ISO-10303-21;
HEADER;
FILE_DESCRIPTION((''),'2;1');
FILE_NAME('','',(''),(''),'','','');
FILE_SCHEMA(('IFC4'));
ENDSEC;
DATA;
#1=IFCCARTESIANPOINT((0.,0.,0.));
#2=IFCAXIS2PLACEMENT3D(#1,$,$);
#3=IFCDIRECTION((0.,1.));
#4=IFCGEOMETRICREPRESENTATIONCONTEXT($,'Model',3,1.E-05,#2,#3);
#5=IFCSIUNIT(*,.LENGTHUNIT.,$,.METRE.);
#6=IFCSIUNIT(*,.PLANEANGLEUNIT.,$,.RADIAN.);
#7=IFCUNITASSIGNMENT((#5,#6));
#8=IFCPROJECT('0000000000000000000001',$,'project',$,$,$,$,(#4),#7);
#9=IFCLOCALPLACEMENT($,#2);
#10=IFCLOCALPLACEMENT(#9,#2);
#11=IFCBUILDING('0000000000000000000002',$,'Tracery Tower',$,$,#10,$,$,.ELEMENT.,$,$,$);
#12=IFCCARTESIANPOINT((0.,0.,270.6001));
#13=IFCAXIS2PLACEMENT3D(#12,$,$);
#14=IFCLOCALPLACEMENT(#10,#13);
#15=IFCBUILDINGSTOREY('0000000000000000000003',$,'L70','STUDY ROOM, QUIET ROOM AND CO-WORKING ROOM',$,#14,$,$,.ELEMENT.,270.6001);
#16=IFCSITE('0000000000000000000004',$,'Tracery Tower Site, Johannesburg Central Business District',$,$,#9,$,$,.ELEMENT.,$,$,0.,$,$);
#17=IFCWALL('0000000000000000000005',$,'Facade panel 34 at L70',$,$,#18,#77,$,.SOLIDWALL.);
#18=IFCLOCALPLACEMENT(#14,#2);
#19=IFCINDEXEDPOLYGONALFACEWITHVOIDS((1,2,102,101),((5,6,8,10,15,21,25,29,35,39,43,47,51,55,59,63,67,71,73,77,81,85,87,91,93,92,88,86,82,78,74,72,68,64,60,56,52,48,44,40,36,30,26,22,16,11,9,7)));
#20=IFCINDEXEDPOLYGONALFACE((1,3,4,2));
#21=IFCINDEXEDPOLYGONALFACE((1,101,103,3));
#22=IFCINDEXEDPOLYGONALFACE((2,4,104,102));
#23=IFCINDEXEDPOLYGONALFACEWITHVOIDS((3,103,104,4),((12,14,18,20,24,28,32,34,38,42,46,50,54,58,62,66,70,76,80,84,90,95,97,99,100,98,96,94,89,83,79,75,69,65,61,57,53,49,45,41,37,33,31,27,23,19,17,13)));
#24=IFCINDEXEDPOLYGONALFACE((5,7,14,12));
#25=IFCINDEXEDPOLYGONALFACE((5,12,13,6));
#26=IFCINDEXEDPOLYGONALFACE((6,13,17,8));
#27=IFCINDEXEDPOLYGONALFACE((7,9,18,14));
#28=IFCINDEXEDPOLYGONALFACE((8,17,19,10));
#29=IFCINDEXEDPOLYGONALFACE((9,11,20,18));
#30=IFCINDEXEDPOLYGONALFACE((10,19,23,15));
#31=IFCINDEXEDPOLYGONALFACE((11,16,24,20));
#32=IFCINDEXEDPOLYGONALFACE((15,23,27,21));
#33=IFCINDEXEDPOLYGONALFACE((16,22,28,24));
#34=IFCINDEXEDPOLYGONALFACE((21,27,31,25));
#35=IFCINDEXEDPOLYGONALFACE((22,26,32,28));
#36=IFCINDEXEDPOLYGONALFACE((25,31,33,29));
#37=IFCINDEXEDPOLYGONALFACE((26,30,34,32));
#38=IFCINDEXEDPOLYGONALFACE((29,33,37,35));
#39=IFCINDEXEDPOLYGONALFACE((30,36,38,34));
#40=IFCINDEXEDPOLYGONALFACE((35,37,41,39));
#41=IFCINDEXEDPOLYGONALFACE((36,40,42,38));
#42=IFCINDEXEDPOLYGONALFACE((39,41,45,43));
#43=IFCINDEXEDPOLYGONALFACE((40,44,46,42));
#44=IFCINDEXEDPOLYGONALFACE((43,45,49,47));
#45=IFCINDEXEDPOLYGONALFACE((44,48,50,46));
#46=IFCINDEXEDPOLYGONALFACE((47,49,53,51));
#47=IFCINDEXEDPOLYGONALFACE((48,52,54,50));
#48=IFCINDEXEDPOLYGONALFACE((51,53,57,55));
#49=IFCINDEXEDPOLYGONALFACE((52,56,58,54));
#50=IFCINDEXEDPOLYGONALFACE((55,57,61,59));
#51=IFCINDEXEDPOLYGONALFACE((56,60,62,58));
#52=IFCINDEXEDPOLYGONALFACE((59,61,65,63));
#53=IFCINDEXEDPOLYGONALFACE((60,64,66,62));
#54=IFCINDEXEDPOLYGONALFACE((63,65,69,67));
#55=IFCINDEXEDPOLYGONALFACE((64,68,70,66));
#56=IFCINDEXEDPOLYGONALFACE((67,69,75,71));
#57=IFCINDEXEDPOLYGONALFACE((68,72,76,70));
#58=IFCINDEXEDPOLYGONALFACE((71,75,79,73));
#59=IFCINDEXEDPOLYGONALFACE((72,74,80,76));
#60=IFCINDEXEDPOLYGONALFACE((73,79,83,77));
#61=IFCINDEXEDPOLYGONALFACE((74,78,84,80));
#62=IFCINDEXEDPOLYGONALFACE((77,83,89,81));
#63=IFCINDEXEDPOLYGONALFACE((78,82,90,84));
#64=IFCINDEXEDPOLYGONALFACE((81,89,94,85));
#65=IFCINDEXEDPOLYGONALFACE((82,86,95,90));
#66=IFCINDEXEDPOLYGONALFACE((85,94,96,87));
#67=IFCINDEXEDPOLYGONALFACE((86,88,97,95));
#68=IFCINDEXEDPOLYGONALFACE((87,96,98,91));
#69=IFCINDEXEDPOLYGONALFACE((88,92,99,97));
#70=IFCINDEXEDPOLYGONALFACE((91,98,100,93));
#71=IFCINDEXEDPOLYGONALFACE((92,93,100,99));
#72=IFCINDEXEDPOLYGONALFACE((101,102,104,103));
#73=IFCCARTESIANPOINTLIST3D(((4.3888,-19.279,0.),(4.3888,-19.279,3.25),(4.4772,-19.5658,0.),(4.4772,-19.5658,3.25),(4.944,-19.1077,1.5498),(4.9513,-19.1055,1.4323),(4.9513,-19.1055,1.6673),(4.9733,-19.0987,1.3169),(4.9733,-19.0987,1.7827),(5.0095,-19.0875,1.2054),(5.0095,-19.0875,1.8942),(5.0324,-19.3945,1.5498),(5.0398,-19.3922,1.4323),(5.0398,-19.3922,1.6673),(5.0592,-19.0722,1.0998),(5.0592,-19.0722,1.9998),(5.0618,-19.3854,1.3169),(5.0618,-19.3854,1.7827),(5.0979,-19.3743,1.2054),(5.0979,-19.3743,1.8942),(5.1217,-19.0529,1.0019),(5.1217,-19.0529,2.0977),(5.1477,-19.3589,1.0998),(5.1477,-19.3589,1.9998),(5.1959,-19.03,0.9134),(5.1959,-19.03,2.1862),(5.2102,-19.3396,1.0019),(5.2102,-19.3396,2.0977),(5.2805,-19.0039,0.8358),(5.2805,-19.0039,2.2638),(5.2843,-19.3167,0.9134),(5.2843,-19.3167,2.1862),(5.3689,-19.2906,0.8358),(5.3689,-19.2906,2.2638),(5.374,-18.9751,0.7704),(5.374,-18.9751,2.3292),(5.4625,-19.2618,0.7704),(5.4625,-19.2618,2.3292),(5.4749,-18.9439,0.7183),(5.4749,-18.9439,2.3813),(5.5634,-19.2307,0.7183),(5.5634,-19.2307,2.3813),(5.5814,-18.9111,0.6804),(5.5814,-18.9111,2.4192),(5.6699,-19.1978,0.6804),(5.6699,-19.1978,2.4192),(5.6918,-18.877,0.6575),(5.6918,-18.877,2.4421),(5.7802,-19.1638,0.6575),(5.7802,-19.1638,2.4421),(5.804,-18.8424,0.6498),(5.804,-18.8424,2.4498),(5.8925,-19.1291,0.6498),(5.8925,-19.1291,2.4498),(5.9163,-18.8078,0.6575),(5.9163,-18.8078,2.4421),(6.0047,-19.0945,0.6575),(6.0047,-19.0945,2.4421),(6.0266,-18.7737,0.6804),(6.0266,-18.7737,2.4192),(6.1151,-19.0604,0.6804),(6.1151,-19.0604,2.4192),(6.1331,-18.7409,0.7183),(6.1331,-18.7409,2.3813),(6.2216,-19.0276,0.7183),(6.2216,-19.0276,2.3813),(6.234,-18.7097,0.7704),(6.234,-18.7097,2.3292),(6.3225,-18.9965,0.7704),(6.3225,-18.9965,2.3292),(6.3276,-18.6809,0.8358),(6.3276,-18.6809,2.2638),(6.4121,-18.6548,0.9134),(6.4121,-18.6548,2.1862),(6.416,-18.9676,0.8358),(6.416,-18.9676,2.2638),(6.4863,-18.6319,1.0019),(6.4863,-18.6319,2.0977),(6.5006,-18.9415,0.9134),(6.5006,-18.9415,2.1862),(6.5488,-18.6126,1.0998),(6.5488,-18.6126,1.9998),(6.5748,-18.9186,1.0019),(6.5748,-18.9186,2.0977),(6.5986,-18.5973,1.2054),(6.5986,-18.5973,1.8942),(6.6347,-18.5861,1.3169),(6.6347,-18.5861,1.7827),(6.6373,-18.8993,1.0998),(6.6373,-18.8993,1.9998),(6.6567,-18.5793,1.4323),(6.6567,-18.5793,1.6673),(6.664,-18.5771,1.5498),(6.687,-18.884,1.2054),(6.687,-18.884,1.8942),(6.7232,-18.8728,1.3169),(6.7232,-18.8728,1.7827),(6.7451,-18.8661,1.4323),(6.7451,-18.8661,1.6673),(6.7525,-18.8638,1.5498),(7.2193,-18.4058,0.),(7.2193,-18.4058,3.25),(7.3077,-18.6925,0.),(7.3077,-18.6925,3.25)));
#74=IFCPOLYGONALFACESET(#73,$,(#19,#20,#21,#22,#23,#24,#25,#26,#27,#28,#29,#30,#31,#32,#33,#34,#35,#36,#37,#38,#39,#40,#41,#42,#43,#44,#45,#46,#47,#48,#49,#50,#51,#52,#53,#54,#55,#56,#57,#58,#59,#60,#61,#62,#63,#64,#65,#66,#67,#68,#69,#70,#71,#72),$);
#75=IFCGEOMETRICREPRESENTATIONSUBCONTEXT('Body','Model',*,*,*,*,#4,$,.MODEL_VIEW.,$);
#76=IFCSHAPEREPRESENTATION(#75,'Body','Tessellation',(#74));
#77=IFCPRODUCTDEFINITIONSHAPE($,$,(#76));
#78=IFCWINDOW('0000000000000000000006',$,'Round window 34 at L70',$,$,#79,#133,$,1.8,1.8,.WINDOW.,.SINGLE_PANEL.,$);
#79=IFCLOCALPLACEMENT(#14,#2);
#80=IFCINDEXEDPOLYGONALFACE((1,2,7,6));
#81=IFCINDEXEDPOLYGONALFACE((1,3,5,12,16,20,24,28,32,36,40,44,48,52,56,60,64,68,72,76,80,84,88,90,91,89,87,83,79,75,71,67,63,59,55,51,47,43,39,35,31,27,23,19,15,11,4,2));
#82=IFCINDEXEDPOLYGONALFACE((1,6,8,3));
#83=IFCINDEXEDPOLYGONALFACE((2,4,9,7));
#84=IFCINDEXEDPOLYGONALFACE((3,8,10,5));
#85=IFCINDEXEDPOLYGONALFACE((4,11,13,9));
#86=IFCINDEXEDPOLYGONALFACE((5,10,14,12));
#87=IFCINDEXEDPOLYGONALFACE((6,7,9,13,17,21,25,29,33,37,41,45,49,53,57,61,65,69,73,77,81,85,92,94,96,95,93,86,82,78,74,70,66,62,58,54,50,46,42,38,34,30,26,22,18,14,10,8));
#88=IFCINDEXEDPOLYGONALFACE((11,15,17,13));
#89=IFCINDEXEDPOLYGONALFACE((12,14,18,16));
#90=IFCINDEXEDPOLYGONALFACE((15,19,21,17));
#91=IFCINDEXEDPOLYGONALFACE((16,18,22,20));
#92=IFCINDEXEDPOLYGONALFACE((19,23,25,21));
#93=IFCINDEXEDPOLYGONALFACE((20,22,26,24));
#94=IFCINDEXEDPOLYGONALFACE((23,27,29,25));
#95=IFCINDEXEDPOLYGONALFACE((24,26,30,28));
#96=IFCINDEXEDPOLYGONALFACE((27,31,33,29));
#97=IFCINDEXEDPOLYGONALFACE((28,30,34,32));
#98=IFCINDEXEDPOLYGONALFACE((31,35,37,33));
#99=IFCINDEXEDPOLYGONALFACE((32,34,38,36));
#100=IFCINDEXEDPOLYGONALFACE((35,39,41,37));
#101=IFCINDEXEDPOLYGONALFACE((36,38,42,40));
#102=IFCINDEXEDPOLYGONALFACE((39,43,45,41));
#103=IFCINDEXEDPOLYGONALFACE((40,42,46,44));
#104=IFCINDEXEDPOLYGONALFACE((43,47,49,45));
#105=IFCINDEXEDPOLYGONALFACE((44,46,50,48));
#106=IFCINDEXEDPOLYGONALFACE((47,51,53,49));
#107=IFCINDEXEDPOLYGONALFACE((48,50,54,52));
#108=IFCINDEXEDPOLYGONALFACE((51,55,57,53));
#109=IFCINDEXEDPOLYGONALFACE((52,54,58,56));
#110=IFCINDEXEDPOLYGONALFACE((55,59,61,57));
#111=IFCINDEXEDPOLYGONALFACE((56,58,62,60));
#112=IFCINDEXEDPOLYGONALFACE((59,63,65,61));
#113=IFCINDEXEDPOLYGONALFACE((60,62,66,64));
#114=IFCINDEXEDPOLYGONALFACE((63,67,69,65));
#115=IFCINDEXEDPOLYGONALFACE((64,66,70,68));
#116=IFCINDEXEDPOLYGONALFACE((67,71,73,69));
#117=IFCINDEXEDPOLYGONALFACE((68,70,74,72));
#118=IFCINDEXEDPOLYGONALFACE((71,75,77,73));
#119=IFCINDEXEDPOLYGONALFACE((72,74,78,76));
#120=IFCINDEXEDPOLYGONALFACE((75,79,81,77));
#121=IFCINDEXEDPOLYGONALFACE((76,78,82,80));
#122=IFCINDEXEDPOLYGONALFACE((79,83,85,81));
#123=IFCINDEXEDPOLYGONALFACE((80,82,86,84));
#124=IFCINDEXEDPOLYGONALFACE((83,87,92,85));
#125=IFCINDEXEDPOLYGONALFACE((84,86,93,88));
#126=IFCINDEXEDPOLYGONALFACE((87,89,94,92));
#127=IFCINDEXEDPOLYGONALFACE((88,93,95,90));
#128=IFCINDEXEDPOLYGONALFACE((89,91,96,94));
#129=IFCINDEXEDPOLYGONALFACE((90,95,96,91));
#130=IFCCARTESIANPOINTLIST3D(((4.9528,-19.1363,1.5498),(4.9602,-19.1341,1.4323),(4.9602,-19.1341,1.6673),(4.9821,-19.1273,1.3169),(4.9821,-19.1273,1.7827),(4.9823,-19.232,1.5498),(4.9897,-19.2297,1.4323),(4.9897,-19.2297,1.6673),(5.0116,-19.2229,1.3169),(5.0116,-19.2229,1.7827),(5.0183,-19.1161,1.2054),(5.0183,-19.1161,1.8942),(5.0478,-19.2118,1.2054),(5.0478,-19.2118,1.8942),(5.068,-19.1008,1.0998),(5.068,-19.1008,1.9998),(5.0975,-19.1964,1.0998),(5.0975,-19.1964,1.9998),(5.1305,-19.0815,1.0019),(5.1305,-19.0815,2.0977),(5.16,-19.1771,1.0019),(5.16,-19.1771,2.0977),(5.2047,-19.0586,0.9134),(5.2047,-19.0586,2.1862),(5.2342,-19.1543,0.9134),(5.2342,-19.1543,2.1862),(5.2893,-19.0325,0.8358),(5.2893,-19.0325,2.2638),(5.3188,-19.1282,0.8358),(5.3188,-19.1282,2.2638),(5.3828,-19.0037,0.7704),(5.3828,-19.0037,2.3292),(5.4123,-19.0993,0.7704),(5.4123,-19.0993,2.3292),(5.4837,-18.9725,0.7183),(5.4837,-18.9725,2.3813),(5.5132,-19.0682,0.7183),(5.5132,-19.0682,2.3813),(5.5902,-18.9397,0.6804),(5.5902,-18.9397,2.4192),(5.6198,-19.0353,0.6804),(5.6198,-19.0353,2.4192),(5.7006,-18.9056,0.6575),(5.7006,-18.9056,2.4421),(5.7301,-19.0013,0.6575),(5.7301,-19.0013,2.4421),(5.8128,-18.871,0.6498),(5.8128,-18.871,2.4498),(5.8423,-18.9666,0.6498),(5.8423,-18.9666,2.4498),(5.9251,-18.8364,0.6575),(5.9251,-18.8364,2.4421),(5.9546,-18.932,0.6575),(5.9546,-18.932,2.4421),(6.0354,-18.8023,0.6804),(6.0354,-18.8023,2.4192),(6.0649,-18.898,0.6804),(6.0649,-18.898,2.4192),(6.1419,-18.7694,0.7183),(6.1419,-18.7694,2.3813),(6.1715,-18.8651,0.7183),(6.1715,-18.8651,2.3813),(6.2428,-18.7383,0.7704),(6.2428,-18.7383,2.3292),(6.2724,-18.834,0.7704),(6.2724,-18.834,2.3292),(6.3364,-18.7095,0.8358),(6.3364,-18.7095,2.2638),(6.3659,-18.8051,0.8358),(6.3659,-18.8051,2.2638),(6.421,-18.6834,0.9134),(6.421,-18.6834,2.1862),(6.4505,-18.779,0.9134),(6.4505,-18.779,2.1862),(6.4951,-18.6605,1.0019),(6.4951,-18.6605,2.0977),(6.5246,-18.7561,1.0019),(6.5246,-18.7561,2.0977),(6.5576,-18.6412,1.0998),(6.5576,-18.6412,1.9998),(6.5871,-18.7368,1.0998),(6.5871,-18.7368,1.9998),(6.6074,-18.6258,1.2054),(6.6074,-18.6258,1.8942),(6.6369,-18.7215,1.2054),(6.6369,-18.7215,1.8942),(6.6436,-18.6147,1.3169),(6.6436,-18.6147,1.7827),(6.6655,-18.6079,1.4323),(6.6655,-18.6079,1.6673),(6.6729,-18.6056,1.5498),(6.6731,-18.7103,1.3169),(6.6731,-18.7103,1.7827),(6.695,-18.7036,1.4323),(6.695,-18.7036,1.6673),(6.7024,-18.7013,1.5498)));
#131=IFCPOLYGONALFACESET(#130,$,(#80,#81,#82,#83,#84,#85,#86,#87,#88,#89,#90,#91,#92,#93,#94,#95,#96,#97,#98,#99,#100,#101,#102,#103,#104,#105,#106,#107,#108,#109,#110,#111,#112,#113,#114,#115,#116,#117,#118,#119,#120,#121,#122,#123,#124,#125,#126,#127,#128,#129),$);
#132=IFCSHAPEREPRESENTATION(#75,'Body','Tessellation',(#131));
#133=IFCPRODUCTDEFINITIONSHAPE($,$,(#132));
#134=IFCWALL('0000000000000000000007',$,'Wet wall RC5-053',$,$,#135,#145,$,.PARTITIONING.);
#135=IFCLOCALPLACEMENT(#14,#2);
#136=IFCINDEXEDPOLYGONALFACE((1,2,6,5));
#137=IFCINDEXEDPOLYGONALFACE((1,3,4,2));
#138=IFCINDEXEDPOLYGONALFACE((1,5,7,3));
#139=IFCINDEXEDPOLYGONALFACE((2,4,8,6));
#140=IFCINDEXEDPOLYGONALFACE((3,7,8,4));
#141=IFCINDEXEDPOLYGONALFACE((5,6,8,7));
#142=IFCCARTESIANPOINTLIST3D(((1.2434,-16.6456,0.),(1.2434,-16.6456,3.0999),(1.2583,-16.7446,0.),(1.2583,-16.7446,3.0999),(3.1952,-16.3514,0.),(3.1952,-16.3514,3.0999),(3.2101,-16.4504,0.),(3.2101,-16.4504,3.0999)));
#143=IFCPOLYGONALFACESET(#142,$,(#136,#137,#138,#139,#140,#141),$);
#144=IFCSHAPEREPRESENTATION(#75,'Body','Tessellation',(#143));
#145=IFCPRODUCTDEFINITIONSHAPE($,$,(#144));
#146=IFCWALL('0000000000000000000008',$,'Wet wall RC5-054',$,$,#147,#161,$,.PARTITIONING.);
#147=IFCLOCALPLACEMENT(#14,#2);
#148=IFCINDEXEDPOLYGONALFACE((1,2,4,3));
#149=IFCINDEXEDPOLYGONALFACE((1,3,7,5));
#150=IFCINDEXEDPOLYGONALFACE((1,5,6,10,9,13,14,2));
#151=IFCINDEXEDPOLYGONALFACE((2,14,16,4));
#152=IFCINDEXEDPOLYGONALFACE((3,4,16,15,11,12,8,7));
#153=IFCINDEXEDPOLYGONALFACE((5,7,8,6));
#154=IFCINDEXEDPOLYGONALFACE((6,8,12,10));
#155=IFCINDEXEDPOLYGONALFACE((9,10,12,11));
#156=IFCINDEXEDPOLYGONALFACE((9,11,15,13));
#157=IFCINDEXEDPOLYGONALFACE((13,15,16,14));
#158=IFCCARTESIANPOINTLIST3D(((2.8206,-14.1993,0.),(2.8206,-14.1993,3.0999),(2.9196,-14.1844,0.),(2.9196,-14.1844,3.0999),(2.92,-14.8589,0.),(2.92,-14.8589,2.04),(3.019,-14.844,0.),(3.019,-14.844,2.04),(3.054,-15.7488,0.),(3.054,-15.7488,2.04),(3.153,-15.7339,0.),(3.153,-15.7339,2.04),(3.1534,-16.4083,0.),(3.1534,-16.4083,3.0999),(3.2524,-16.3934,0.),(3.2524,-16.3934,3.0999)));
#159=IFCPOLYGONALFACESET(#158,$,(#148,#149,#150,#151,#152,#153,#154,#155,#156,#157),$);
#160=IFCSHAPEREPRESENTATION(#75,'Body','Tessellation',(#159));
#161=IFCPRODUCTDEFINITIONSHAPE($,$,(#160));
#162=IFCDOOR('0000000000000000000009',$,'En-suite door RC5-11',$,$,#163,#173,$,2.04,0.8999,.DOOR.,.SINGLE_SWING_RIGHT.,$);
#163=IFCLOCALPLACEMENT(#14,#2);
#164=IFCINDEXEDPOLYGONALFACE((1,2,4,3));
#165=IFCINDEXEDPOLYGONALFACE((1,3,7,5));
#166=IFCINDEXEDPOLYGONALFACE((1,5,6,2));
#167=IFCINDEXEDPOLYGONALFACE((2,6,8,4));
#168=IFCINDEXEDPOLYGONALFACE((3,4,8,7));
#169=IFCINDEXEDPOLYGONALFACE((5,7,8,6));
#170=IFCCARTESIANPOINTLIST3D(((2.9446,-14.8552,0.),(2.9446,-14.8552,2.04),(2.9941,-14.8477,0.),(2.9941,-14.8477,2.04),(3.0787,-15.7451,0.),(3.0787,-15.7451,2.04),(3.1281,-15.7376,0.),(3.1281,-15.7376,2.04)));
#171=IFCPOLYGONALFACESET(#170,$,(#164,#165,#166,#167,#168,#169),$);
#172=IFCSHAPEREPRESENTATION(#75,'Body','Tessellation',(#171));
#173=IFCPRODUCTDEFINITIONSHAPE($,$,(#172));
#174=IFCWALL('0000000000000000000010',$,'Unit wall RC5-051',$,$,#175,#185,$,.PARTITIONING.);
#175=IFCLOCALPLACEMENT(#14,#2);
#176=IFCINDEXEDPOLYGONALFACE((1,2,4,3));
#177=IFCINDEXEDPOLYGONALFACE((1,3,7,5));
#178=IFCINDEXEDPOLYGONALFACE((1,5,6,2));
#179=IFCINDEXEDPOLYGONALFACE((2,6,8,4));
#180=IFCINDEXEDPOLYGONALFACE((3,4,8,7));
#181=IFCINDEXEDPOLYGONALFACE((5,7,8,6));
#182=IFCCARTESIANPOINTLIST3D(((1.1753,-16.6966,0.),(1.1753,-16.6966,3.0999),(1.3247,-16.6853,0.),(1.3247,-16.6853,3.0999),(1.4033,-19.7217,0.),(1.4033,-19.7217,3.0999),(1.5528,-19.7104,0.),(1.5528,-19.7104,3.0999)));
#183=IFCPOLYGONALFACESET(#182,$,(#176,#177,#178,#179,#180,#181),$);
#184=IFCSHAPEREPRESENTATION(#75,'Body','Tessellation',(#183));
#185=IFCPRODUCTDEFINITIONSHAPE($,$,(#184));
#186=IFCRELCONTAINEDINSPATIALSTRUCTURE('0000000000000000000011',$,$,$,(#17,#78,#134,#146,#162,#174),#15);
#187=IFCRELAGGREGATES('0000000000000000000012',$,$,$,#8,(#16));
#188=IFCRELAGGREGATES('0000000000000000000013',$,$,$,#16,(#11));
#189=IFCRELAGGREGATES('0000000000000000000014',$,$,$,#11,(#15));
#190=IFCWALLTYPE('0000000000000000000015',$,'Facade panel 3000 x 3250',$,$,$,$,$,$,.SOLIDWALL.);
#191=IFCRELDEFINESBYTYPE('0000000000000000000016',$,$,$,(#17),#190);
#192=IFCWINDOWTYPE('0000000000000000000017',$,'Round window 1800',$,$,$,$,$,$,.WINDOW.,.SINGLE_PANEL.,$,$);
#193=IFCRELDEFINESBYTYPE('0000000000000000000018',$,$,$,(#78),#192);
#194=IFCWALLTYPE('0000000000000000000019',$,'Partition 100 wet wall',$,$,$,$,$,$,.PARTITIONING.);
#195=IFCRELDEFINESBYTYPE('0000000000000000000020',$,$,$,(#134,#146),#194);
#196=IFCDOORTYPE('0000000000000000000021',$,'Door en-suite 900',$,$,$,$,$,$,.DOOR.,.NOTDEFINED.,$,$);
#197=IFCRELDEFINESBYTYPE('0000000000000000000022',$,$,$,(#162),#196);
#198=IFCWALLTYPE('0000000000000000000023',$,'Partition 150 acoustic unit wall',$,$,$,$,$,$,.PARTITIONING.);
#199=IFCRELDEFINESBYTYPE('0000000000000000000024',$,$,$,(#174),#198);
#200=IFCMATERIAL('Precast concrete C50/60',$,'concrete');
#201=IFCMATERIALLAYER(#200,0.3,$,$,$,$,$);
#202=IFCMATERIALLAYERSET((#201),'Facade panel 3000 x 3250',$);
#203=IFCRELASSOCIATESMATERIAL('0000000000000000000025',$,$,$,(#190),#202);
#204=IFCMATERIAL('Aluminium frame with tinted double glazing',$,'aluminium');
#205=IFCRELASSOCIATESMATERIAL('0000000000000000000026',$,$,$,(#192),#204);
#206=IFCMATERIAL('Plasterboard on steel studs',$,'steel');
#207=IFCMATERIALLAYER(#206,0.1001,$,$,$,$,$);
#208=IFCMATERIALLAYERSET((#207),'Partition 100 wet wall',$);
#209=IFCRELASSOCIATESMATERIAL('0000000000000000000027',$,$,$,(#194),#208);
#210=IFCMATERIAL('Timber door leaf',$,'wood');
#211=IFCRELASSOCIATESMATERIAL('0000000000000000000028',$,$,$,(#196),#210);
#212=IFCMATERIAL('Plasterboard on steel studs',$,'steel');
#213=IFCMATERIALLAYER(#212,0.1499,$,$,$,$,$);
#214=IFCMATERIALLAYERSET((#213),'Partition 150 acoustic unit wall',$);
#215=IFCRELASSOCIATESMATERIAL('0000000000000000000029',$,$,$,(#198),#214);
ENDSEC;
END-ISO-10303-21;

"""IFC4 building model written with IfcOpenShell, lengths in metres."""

from ifc_helpers import new_model, si_unit, direction, frame, frame_2d, origin, origin_2d, place, context, subcontext, project, spatial, rectangle, circle, extrude, material, layer, layer_set, type_object, element, fill, save


model = new_model("IFC4")

# Units and contexts
model_context = context("Model", 3, precision=1e-05, world=origin(), true_north=direction((0.0, 1.0)))
body_context = subcontext(model_context, "Body", "Model", "MODEL_VIEW")
ifc_project = project(units=[si_unit("LENGTHUNIT", "METRE"), si_unit("PLANEANGLEUNIT", "RADIAN")], contexts=[model_context])

# Site, building, storey
site_placement = place(None, origin())
site = spatial("IfcSite", under=ifc_project, at=site_placement, Name="Tracery Tower Site, Johannesburg Central Business District", CompositionType="ELEMENT", RefElevation=0.0)
building_placement = place(site_placement, origin())
building = spatial("IfcBuilding", under=site, at=building_placement, Name="Tracery Tower", CompositionType="ELEMENT")
storey_placement = place(building_placement, frame((0.0, 0.0, 270.6001)))
storey = spatial("IfcBuildingStorey", under=building, at=storey_placement, Name="L70", Description="STUDY ROOM, QUIET ROOM AND CO-WORKING ROOM", CompositionType="ELEMENT", Elevation=270.6001)

# Wall, opening, window
ifc_material_1 = material(Name="Precast concrete C50/60", Category="concrete")
ifc_layer_1 = layer(ifc_material_1, 0.3)
ifc_layer_set_1 = layer_set([ifc_layer_1], Name="Facade panel 3000 x 3250")
wall_type_1 = type_object("IfcWallType", Name="Facade panel 3000 x 3250", PredefinedType="SOLIDWALL", material=ifc_layer_set_1)
ifc_material_2 = material(Name="Aluminium frame with tinted double glazing", Category="aluminium")
window_type = type_object("IfcWindowType", Name="Round window 1800", PartitioningType="SINGLE_PANEL", PredefinedType="WINDOW", material=ifc_material_2)
wall_1_placement = place(storey_placement, frame((4.4331, -19.4224, 0.0), z_axis=(0.0, 0.0, 1.0), x_axis=(0.955556, 0.29481, 0.0)))
wall_1 = element("IfcWall", 1, at=wall_1_placement, inside=storey, type_object=wall_type_1, Name="Facade panel 34 at L70", PredefinedType="SOLIDWALL", context=body_context, shape_type="SweptSolid", body=[
    extrude(rectangle(XDim=2.9622, YDim=0.3, at=frame_2d((1.481, 0.0))), origin(), (0.0, 0.0, 1.0), 3.25),
])
opening_1_placement = place(wall_1_placement, frame((1.481, 0.0, 1.5498)))
opening_1 = element("IfcOpeningElement", 2, at=opening_1_placement, cuts=wall_1, PredefinedType="OPENING", context=body_context, shape_type="SweptSolid", body=[
    extrude(circle(Radius=0.9, at=origin_2d()), frame((0.0, 0.1599, 0.0), z_axis=(0.0, -1.0, 0.0), x_axis=(1.0, 0.0, 0.0)), (0.0, 0.0, 1.0), 0.3201),
])
window_1_placement = place(opening_1_placement, origin())
window_1 = element("IfcWindow", 3, at=window_1_placement, inside=storey, type_object=window_type, Name="Round window 34 at L70", OverallHeight=1.8, OverallWidth=1.8, PartitioningType="SINGLE_PANEL", PredefinedType="WINDOW", context=body_context, shape_type="SweptSolid", body=[
    extrude(circle(Radius=0.9, at=origin_2d()), frame((0.0, 0.1201, 0.0), z_axis=(0.0, -1.0, 0.0), x_axis=(1.0, 0.0, 0.0)), (0.0, 0.0, 1.0), 0.1001),
])
fill(opening_1, window_1)

# Wall
ifc_material_3 = material(Name="Plasterboard on steel studs", Category="steel")
ifc_layer_2 = layer(ifc_material_3, 0.1001)
ifc_layer_set_2 = layer_set([ifc_layer_2], Name="Partition 100 wet wall")
wall_type_2 = type_object("IfcWallType", Name="Partition 100 wet wall", PredefinedType="PARTITIONING", material=ifc_layer_set_2)
wall_2_placement = place(storey_placement, frame((1.251, -16.6951, 0.0), z_axis=(0.0, 0.0, 1.0), x_axis=(0.988832, 0.149036, 0.0)))
element("IfcWall", 4, at=wall_2_placement, inside=storey, type_object=wall_type_2, Name="Wet wall RC5-053", PredefinedType="PARTITIONING", context=body_context, shape_type="SweptSolid", body=[
    extrude(rectangle(XDim=1.9739, YDim=0.1001, at=frame_2d((0.9868, 0.0))), origin(), (0.0, 0.0, 1.0), 3.0999),
])

# Wall, opening, door
wall_3_placement = place(storey_placement, frame((2.8701, -14.1919, 0.0), z_axis=(0.0, 0.0, 1.0), x_axis=(0.14896, -0.988843, 0.0)))
wall_3 = element("IfcWall", 5, at=wall_3_placement, inside=storey, type_object=wall_type_2, Name="Wet wall RC5-054", PredefinedType="PARTITIONING", context=body_context, shape_type="SweptSolid", body=[
    extrude(rectangle(XDim=2.2339, YDim=0.1001, at=frame_2d((1.1169, 0.0))), origin(), (0.0, 0.0, 1.0), 3.0999),
])
opening_2_placement = place(wall_3_placement, frame((0.667, 0.0, 0.0)))
opening_2 = element("IfcOpeningElement", 6, at=opening_2_placement, cuts=wall_3, PredefinedType="OPENING", context=body_context, shape_type="SweptSolid", body=[
    extrude(rectangle(XDim=0.8999, YDim=2.04, at=frame_2d((0.45, 1.02))), frame((0.0, 0.05, 0.0), z_axis=(0.0, -1.0, 0.0), x_axis=(1.0, 0.0, 0.0)), (0.0, 0.0, 1.0), 0.1001),
])
ifc_material_4 = material(Name="Timber door leaf", Category="wood")
door_type_1 = type_object("IfcDoorType", Name="Door en-suite 900", OperationType="NOTDEFINED", PredefinedType="DOOR", material=ifc_material_4)
door_1_placement = place(opening_2_placement, origin())
door_1 = element("IfcDoor", 7, at=door_1_placement, inside=storey, type_object=door_type_1, Name="En-suite door RC5-11", OperationType="SINGLE_SWING_RIGHT", OverallHeight=2.04, OverallWidth=0.8999, PredefinedType="DOOR", context=body_context, shape_type="SweptSolid", body=[
    extrude(rectangle(XDim=0.8999, YDim=2.04, at=frame_2d((0.45, 1.02))), frame((0.0, 0.0249, 0.0), z_axis=(0.0, -1.0, 0.0), x_axis=(1.0, 0.0, 0.0)), (0.0, 0.0, 1.0), 0.05),
])
fill(opening_2, door_1)

# Wall
ifc_material_5 = material(Name="Plasterboard on steel studs", Category="steel")
ifc_layer_3 = layer(ifc_material_5, 0.1499)
ifc_layer_set_3 = layer_set([ifc_layer_3], Name="Partition 150 acoustic unit wall")
wall_type_3 = type_object("IfcWallType", Name="Partition 150 acoustic unit wall", PredefinedType="PARTITIONING", material=ifc_layer_set_3)
wall_4_placement = place(storey_placement, frame((1.25, -16.6909, 0.0), z_axis=(0.0, 0.0, 1.0), x_axis=(0.075164, -0.997171, 0.0)))
element("IfcWall", 8, at=wall_4_placement, inside=storey, type_object=wall_type_3, Name="Unit wall RC5-051", PredefinedType="PARTITIONING", context=body_context, shape_type="SweptSolid", body=[
    extrude(rectangle(XDim=3.0337, YDim=0.1499, at=frame_2d((1.5168, 0.0))), origin(), (0.0, 0.0, 1.0), 3.0999),
])

save(model, "model.ifc")
